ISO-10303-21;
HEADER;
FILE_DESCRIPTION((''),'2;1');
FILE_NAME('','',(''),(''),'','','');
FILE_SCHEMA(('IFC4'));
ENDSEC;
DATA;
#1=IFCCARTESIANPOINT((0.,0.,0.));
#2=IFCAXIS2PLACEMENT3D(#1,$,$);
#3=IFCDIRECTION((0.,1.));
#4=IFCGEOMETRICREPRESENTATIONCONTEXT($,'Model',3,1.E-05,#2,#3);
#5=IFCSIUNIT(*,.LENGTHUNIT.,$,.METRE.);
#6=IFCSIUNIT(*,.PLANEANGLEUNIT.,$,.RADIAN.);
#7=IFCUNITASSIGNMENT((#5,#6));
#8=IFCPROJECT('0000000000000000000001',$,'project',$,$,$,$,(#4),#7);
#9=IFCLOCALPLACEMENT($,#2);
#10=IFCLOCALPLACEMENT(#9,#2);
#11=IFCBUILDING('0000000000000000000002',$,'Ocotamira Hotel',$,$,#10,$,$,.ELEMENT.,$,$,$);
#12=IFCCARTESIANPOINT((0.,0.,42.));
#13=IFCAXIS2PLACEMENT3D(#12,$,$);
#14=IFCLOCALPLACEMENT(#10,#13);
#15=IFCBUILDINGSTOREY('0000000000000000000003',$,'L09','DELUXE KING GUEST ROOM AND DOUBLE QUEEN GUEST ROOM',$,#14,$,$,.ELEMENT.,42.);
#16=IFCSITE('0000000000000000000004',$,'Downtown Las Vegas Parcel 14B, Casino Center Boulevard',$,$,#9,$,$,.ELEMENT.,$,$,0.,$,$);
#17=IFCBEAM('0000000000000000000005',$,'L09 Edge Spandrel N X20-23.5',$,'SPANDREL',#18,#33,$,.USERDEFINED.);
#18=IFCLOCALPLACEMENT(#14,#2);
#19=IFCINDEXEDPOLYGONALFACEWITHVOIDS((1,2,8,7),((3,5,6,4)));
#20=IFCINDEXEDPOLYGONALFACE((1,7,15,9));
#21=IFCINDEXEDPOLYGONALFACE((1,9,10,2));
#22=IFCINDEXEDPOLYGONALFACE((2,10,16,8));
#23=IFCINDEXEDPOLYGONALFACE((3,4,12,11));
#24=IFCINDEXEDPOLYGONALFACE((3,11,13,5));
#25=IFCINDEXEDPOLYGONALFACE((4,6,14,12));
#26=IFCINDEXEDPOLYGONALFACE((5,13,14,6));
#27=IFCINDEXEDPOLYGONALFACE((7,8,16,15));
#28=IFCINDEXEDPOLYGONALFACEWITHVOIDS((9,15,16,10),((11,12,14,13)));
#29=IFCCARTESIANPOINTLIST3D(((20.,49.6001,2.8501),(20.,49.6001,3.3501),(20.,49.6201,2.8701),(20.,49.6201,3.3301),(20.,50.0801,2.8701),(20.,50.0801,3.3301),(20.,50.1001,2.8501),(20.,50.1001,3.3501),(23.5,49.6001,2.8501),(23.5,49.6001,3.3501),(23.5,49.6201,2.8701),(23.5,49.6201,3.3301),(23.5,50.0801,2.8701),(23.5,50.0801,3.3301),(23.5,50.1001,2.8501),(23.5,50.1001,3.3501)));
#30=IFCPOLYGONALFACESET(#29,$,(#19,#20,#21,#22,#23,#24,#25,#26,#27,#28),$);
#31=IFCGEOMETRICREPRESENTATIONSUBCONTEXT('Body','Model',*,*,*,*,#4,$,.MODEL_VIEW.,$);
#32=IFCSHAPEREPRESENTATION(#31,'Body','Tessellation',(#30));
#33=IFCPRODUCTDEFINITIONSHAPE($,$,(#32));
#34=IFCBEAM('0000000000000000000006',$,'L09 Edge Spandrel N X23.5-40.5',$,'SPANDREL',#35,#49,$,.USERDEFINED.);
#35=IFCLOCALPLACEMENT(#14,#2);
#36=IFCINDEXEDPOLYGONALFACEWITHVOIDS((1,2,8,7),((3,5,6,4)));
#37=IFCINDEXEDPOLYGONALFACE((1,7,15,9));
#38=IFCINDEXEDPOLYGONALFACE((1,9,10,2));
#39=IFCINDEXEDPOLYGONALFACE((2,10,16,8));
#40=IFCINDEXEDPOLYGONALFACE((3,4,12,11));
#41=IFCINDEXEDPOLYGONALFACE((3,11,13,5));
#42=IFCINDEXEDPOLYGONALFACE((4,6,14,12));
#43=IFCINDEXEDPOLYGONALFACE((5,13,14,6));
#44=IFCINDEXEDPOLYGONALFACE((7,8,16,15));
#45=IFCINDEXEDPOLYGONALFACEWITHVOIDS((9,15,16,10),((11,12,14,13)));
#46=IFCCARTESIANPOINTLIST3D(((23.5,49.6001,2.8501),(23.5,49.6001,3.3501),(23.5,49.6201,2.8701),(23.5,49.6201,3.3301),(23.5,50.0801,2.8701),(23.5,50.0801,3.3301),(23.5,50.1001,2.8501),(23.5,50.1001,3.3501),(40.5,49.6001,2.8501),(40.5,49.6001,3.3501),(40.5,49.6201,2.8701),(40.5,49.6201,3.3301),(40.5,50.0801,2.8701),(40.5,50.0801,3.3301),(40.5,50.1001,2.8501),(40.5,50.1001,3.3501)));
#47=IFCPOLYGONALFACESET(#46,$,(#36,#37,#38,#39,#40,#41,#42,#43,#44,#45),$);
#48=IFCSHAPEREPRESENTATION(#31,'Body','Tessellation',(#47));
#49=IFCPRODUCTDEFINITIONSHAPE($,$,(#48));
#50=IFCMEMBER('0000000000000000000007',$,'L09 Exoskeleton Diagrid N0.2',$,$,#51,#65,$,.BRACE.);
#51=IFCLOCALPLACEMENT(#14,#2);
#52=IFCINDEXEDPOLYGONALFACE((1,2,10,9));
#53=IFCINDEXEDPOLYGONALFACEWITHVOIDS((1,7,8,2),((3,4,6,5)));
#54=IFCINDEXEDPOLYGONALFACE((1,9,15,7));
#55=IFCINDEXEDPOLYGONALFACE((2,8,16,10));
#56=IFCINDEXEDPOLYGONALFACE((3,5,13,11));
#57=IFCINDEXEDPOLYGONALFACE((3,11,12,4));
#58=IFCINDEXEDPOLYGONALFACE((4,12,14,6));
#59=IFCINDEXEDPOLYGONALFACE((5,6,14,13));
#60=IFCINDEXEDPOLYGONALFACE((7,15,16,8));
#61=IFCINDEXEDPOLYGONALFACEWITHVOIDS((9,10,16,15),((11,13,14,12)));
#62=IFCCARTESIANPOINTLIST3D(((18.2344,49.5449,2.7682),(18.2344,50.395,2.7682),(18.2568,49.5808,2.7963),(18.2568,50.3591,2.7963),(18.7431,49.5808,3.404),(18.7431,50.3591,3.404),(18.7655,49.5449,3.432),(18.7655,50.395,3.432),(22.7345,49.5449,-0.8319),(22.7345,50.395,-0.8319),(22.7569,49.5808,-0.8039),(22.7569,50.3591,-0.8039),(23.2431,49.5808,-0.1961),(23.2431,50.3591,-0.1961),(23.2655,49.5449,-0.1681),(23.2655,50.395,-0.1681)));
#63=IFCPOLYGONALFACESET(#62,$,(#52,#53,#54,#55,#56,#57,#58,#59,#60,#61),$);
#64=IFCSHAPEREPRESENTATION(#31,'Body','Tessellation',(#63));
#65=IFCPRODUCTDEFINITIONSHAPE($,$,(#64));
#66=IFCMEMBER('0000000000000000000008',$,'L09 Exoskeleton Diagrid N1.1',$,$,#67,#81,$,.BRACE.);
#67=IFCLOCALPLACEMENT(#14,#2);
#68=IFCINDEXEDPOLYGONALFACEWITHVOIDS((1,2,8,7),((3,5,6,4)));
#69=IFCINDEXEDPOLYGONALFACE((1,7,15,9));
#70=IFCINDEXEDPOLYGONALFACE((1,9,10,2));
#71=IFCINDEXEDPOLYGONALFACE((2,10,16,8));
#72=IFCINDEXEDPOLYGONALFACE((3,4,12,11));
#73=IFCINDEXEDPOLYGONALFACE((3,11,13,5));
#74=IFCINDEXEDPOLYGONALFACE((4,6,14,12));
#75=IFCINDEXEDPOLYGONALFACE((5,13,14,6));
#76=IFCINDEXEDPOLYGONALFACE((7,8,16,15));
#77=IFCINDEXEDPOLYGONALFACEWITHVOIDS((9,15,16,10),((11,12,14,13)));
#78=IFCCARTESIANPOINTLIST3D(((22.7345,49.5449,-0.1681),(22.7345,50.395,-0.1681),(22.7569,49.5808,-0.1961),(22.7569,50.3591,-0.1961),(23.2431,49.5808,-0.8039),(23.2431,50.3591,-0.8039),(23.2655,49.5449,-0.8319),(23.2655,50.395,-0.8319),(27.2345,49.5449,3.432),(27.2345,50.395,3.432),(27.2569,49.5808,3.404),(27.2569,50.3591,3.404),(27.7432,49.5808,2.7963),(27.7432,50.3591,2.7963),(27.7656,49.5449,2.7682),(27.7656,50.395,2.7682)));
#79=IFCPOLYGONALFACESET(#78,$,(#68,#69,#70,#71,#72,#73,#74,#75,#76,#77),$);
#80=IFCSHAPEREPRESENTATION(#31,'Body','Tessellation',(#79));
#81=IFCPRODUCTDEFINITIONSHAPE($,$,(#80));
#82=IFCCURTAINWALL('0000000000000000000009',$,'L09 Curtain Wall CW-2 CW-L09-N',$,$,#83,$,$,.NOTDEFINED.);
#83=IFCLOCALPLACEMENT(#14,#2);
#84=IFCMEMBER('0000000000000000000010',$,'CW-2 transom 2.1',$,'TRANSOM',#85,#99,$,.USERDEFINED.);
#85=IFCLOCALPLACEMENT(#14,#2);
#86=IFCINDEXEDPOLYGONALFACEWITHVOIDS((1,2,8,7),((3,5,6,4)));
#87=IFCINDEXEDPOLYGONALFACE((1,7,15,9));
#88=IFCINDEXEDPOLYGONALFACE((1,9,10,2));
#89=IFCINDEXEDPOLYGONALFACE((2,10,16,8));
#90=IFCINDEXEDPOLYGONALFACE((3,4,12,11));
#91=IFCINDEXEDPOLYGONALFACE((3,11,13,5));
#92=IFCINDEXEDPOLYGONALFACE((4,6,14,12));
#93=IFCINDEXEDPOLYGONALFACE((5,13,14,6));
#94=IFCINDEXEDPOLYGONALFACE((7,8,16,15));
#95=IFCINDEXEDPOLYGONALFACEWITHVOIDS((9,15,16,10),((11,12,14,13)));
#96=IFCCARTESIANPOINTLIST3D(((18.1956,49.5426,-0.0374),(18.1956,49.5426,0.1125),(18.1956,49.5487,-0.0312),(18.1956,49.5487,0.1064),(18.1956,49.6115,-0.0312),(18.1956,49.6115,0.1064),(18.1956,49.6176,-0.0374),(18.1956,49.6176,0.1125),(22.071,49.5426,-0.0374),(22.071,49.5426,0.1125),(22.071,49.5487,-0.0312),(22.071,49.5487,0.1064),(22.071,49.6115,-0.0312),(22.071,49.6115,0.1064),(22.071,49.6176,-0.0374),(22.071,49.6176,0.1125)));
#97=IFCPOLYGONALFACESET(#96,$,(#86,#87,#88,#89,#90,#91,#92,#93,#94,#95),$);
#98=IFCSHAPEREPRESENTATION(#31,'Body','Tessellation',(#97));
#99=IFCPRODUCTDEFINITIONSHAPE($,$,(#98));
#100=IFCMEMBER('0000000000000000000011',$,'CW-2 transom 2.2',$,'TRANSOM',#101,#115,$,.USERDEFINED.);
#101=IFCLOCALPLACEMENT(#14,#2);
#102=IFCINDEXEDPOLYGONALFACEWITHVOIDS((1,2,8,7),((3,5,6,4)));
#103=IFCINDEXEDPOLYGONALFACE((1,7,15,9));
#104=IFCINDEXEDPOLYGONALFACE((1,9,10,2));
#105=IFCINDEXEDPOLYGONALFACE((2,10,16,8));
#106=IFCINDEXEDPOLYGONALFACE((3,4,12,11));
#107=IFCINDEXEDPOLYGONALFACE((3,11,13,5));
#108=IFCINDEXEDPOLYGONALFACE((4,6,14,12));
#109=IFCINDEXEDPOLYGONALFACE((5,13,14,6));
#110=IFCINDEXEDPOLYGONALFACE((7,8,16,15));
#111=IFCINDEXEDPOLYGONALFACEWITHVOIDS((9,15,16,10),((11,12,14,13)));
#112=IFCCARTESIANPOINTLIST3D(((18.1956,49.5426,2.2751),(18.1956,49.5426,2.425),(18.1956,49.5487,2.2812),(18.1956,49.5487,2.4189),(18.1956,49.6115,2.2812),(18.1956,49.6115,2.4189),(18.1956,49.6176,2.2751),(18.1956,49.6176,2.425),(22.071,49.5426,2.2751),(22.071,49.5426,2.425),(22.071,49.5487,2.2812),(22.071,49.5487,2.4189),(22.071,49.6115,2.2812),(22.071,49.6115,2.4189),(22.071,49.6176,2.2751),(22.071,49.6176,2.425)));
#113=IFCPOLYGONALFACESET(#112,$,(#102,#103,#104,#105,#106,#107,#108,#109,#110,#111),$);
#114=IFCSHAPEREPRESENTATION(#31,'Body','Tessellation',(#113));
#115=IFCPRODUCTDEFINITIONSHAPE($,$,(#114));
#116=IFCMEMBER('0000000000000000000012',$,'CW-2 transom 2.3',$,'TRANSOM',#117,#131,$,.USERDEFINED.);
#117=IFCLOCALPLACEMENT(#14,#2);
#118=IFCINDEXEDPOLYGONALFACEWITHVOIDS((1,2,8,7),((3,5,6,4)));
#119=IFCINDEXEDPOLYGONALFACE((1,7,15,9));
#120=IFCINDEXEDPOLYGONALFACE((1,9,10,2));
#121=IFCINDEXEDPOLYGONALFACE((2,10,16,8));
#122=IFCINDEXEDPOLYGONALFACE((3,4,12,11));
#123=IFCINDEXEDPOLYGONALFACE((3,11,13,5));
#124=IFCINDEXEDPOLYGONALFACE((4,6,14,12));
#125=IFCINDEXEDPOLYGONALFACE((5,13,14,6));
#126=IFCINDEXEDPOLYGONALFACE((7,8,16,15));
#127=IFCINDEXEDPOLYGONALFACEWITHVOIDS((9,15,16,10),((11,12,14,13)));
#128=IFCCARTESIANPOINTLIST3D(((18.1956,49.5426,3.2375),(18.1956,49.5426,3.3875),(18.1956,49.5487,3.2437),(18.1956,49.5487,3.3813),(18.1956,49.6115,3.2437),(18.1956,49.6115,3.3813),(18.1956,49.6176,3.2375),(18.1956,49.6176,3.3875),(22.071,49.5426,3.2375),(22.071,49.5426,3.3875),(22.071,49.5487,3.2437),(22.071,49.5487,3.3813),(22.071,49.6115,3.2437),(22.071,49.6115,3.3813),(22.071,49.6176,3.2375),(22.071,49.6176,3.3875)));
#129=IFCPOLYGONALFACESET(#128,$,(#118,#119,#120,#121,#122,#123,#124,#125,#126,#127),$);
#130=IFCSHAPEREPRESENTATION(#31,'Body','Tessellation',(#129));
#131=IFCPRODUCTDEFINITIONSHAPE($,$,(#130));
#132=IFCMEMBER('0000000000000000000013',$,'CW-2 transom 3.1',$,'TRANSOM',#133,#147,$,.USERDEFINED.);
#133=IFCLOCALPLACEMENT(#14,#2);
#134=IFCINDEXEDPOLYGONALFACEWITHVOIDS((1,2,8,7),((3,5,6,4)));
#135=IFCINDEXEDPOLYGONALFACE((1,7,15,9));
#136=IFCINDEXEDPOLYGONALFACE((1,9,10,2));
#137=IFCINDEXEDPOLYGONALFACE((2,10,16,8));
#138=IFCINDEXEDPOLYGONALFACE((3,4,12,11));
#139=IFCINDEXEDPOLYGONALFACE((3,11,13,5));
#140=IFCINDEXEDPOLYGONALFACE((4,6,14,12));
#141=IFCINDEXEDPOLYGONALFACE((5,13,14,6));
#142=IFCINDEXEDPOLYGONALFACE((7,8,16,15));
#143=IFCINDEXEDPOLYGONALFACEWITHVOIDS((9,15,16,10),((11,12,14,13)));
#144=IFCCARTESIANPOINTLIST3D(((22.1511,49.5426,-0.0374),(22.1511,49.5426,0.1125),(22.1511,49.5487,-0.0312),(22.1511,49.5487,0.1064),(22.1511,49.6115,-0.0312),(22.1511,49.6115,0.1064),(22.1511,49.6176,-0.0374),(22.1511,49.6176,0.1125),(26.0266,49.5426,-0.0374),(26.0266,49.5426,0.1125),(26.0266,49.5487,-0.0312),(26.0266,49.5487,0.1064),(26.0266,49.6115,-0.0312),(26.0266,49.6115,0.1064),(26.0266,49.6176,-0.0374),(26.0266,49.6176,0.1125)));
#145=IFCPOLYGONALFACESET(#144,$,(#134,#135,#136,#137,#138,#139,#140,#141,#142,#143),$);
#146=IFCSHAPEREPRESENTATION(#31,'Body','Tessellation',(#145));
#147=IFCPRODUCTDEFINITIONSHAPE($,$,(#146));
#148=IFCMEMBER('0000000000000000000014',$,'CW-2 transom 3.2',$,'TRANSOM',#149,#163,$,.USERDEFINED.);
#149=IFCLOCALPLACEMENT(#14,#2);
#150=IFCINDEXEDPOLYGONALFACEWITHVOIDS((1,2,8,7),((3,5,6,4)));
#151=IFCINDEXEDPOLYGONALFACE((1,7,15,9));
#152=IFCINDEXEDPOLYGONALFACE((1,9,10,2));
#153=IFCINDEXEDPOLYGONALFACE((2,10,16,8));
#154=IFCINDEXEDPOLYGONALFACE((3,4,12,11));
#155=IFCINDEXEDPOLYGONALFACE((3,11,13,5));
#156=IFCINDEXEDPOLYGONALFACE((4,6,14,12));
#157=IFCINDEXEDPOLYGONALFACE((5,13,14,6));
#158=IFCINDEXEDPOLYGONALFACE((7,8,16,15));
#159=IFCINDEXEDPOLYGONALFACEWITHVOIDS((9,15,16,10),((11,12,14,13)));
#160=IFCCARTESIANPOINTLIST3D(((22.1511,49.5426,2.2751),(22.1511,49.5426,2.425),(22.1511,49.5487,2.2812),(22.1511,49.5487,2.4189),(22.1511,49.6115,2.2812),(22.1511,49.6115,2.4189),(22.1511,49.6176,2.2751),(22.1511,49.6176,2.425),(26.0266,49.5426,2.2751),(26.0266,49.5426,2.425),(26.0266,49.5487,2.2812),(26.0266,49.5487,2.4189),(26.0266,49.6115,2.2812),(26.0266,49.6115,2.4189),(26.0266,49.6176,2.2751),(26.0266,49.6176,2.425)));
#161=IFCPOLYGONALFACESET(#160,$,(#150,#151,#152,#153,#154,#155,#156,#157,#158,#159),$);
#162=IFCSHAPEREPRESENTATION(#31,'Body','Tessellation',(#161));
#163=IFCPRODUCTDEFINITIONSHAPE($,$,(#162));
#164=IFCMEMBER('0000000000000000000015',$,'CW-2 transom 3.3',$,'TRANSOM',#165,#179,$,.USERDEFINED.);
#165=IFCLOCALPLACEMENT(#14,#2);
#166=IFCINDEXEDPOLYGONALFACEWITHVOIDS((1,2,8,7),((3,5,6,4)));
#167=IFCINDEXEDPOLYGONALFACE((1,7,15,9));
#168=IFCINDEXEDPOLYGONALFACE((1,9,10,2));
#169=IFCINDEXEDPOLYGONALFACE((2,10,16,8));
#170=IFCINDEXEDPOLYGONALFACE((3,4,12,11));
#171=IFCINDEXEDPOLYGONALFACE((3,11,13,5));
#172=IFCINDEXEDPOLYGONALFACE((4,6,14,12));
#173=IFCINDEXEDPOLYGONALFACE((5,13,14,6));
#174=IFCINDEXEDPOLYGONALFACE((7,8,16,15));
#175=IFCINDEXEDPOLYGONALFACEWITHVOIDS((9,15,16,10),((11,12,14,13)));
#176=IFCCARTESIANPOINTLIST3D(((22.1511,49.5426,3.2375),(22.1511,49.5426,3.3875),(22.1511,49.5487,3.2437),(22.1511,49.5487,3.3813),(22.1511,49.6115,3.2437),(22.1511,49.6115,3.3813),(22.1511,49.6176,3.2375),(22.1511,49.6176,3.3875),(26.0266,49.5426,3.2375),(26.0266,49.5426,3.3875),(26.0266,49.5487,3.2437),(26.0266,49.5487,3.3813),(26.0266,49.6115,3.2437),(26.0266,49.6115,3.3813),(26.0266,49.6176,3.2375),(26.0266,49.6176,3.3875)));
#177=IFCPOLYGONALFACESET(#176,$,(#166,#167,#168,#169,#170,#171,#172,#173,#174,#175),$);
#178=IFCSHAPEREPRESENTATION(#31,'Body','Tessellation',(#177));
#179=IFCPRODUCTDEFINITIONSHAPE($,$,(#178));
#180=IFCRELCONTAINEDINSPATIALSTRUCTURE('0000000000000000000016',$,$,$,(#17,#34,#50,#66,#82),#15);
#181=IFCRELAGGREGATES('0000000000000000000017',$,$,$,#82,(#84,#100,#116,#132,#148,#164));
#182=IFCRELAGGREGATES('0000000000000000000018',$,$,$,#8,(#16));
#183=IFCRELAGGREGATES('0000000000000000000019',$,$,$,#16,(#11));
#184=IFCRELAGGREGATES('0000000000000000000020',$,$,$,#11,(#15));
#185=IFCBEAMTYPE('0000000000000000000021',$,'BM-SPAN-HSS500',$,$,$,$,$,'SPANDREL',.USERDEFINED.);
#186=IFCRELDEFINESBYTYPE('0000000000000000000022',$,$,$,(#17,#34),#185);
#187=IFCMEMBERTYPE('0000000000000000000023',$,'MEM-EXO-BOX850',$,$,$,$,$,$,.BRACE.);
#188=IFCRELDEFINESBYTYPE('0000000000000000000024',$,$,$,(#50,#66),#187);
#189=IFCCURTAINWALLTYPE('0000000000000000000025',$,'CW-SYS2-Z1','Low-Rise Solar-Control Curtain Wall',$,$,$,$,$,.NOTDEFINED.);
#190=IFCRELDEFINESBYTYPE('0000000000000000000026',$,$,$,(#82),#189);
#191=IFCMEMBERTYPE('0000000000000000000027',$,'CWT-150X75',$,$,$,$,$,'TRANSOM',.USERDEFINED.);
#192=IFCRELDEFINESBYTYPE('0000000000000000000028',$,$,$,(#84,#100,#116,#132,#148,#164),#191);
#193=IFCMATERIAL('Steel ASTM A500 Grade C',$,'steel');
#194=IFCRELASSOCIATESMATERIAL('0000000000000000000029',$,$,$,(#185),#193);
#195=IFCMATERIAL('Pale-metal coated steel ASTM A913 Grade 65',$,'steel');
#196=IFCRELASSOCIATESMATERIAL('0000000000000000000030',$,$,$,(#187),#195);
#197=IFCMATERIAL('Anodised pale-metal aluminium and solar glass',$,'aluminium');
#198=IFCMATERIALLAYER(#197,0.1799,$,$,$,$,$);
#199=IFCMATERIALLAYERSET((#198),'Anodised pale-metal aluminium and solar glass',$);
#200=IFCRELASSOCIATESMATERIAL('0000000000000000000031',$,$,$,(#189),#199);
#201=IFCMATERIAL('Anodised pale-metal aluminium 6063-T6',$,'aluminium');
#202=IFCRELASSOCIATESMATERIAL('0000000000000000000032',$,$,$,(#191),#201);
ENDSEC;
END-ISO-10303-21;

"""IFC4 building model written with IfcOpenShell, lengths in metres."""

from ifc_helpers import new_model, si_unit, direction, frame, origin, origin_2d, place, context, subcontext, project, spatial, hollow_rectangle, extrude, source, transform, mapped, material, layer, layer_set, material_profile, profile_set, type_object, element, aggregate, save


model = new_model("IFC4")

# Units and contexts
model_context = context("Model", 3, precision=1e-05, world=origin(), true_north=direction((0.0, 1.0)))
body_context = subcontext(model_context, "Body", "Model", "MODEL_VIEW")
ifc_project = project(units=[si_unit("LENGTHUNIT", "METRE"), si_unit("PLANEANGLEUNIT", "RADIAN")], contexts=[model_context])

# Site, building, storey
site_placement = place(None, origin())
site = spatial("IfcSite", under=ifc_project, at=site_placement, Name="Downtown Las Vegas Parcel 14B, Casino Center Boulevard", CompositionType="ELEMENT", RefElevation=0.0)
building_placement = place(site_placement, origin())
building = spatial("IfcBuilding", under=site, at=building_placement, Name="Ocotamira Hotel", CompositionType="ELEMENT")
storey_placement = place(building_placement, frame((0.0, 0.0, 42.0)))
storey = spatial("IfcBuildingStorey", under=building, at=storey_placement, Name="L09", Description="DELUXE KING GUEST ROOM AND DOUBLE QUEEN GUEST ROOM", CompositionType="ELEMENT", Elevation=42.0)

# Beams
ifc_material_1 = material(Name="Steel ASTM A500 Grade C", Category="steel")
ifc_material_profile_1 = material_profile(ifc_material_1, hollow_rectangle(XDim=0.5, YDim=0.5, WallThickness=0.02, at=origin_2d()), Name="HSS500X500X20")
ifc_profile_set_1 = profile_set([ifc_material_profile_1], Name="Steel ASTM A500 Grade C")
beam_type_1 = type_object("IfcBeamType", Name="BM-SPAN-HSS500", ElementType="SPANDREL", PredefinedType="USERDEFINED", material=ifc_profile_set_1)
shared_shape_1 = source(origin(), body_context, "Body", "SweptSolid", [
    extrude(hollow_rectangle(XDim=0.5, YDim=0.5, WallThickness=0.02, at=origin_2d()), origin(), (0.0, 0.0, 1.0), 3.5),
])
beam_1_placement = place(storey_placement, frame((20.0, 49.8501, 3.1001), z_axis=(1.0, 0.0, 0.0), x_axis=(0.0, 1.0, 0.0)))
element("IfcBeam", 1, at=beam_1_placement, inside=storey, type_object=beam_type_1, Name="L09 Edge Spandrel N X20-23.5", ObjectType="SPANDREL", PredefinedType="USERDEFINED", context=body_context, shape_type="MappedRepresentation", body=[
    mapped(shared_shape_1, transform((0.0, 0.0, 0.0), scale=1.0)),
])
shared_shape_2 = source(origin(), body_context, "Body", "SweptSolid", [
    extrude(hollow_rectangle(XDim=0.5, YDim=0.5, WallThickness=0.02, at=origin_2d()), origin(), (0.0, 0.0, 1.0), 17.0),
])
beam_2_placement = place(storey_placement, frame((23.5, 49.8501, 3.1001), z_axis=(1.0, 0.0, 0.0), x_axis=(0.0, 1.0, 0.0)))
element("IfcBeam", 2, at=beam_2_placement, inside=storey, type_object=beam_type_1, Name="L09 Edge Spandrel N X23.5-40.5", ObjectType="SPANDREL", PredefinedType="USERDEFINED", context=body_context, shape_type="MappedRepresentation", body=[
    mapped(shared_shape_2, transform((0.0, 0.0, 0.0), scale=1.0)),
])

# Members
ifc_material_2 = material(Name="Pale-metal coated steel ASTM A913 Grade 65", Category="steel")
ifc_material_profile_2 = material_profile(ifc_material_2, hollow_rectangle(XDim=0.8501, YDim=0.8501, WallThickness=0.0359, at=origin_2d()), Name="BOX850X850X36")
ifc_profile_set_2 = profile_set([ifc_material_profile_2], Name="Pale-metal coated steel ASTM A913 Grade 65")
member_type_1 = type_object("IfcMemberType", Name="MEM-EXO-BOX850", PredefinedType="BRACE", material=ifc_profile_set_2)
shared_shape_3 = source(origin(), body_context, "Body", "SweptSolid", [
    extrude(hollow_rectangle(XDim=0.8501, YDim=0.8501, WallThickness=0.0359, at=origin_2d()), origin(), (0.0, 0.0, 1.0), 5.7629),
])
for number, where, z_axis, x_axis, name in (
    (3, (23.0, 49.97, -0.5), (-0.780861, 0.0, 0.624705), (0.0, -1.0, 0.0), "L09 Exoskeleton Diagrid N0.2"),
    (4, (23.0, 49.97, -0.5), (0.780861, 0.0, 0.624705), (0.0, 1.0, 0.0), "L09 Exoskeleton Diagrid N1.1"),
):
    element("IfcMember", number, at=place(storey_placement, frame(where, z_axis=z_axis, x_axis=x_axis)), inside=storey, type_object=member_type_1, Name=name, PredefinedType="BRACE", context=body_context, shape_type="MappedRepresentation", body=[
        mapped(shared_shape_3, transform((0.0, 0.0, 0.0), scale=1.0)),
    ])

# Curtain wall, members
ifc_material_3 = material(Name="Anodised pale-metal aluminium and solar glass", Category="aluminium")
ifc_layer_1 = layer(ifc_material_3, 0.1799)
ifc_layer_set_1 = layer_set([ifc_layer_1], Name="Anodised pale-metal aluminium and solar glass")
curtain_wall_type = type_object("IfcCurtainWallType", Name="CW-SYS2-Z1", Description="Low-Rise Solar-Control Curtain Wall", PredefinedType="NOTDEFINED", material=ifc_layer_set_1)
curtain_wall_placement = place(storey_placement, origin())
curtain_wall = element("IfcCurtainWall", 5, at=curtain_wall_placement, inside=storey, type_object=curtain_wall_type, Name="L09 Curtain Wall CW-2 CW-L09-N", PredefinedType="NOTDEFINED")
ifc_material_4 = material(Name="Anodised pale-metal aluminium 6063-T6", Category="aluminium")
ifc_material_profile_3 = material_profile(ifc_material_4, hollow_rectangle(XDim=0.075, YDim=0.1499, WallThickness=0.0061, at=origin_2d()), Name="HSS150X75X6")
ifc_profile_set_3 = profile_set([ifc_material_profile_3], Name="Anodised pale-metal aluminium 6063-T6")
member_type_2 = type_object("IfcMemberType", Name="CWT-150X75", ElementType="TRANSOM", PredefinedType="USERDEFINED", material=ifc_profile_set_3)
shared_shape_4 = source(origin(), body_context, "Body", "SweptSolid", [
    extrude(hollow_rectangle(XDim=0.075, YDim=0.1499, WallThickness=0.0061, at=origin_2d()), origin(), (0.0, 0.0, 1.0), 3.8755),
])
member_1_placement = place(storey_placement, frame((18.1956, 49.5801, 0.0376), z_axis=(1.0, 0.0, 0.0), x_axis=(0.0, 1.0, 0.0)))
member_1 = element("IfcMember", 6, at=member_1_placement, type_object=member_type_2, Name="CW-2 transom 2.1", ObjectType="TRANSOM", PredefinedType="USERDEFINED", context=body_context, shape_type="MappedRepresentation", body=[
    mapped(shared_shape_4, transform((0.0, 0.0, 0.0), scale=1.0)),
])
member_2_placement = place(storey_placement, frame((18.1956, 49.5801, 2.3501), z_axis=(1.0, 0.0, 0.0), x_axis=(0.0, 1.0, 0.0)))
member_2 = element("IfcMember", 7, at=member_2_placement, type_object=member_type_2, Name="CW-2 transom 2.2", ObjectType="TRANSOM", PredefinedType="USERDEFINED", context=body_context, shape_type="MappedRepresentation", body=[
    mapped(shared_shape_4, transform((0.0, 0.0, 0.0), scale=1.0)),
])
member_3_placement = place(storey_placement, frame((18.1956, 49.5801, 3.3125), z_axis=(1.0, 0.0, 0.0), x_axis=(0.0, 1.0, 0.0)))
member_3 = element("IfcMember", 8, at=member_3_placement, type_object=member_type_2, Name="CW-2 transom 2.3", ObjectType="TRANSOM", PredefinedType="USERDEFINED", context=body_context, shape_type="MappedRepresentation", body=[
    mapped(shared_shape_4, transform((0.0, 0.0, 0.0), scale=1.0)),
])
member_4_placement = place(storey_placement, frame((22.1511, 49.5801, 0.0376), z_axis=(1.0, 0.0, 0.0), x_axis=(0.0, 1.0, 0.0)))
member_4 = element("IfcMember", 9, at=member_4_placement, type_object=member_type_2, Name="CW-2 transom 3.1", ObjectType="TRANSOM", PredefinedType="USERDEFINED", context=body_context, shape_type="MappedRepresentation", body=[
    mapped(shared_shape_4, transform((0.0, 0.0, 0.0), scale=1.0)),
])
member_5_placement = place(storey_placement, frame((22.1511, 49.5801, 2.3501), z_axis=(1.0, 0.0, 0.0), x_axis=(0.0, 1.0, 0.0)))
member_5 = element("IfcMember", 10, at=member_5_placement, type_object=member_type_2, Name="CW-2 transom 3.2", ObjectType="TRANSOM", PredefinedType="USERDEFINED", context=body_context, shape_type="MappedRepresentation", body=[
    mapped(shared_shape_4, transform((0.0, 0.0, 0.0), scale=1.0)),
])
member_6_placement = place(storey_placement, frame((22.1511, 49.5801, 3.3125), z_axis=(1.0, 0.0, 0.0), x_axis=(0.0, 1.0, 0.0)))
member_6 = element("IfcMember", 11, at=member_6_placement, type_object=member_type_2, Name="CW-2 transom 3.3", ObjectType="TRANSOM", PredefinedType="USERDEFINED", context=body_context, shape_type="MappedRepresentation", body=[
    mapped(shared_shape_4, transform((0.0, 0.0, 0.0), scale=1.0)),
])

aggregate(curtain_wall, [member_1, member_2, member_3, member_4, member_5, member_6])

save(model, "model.ifc")
